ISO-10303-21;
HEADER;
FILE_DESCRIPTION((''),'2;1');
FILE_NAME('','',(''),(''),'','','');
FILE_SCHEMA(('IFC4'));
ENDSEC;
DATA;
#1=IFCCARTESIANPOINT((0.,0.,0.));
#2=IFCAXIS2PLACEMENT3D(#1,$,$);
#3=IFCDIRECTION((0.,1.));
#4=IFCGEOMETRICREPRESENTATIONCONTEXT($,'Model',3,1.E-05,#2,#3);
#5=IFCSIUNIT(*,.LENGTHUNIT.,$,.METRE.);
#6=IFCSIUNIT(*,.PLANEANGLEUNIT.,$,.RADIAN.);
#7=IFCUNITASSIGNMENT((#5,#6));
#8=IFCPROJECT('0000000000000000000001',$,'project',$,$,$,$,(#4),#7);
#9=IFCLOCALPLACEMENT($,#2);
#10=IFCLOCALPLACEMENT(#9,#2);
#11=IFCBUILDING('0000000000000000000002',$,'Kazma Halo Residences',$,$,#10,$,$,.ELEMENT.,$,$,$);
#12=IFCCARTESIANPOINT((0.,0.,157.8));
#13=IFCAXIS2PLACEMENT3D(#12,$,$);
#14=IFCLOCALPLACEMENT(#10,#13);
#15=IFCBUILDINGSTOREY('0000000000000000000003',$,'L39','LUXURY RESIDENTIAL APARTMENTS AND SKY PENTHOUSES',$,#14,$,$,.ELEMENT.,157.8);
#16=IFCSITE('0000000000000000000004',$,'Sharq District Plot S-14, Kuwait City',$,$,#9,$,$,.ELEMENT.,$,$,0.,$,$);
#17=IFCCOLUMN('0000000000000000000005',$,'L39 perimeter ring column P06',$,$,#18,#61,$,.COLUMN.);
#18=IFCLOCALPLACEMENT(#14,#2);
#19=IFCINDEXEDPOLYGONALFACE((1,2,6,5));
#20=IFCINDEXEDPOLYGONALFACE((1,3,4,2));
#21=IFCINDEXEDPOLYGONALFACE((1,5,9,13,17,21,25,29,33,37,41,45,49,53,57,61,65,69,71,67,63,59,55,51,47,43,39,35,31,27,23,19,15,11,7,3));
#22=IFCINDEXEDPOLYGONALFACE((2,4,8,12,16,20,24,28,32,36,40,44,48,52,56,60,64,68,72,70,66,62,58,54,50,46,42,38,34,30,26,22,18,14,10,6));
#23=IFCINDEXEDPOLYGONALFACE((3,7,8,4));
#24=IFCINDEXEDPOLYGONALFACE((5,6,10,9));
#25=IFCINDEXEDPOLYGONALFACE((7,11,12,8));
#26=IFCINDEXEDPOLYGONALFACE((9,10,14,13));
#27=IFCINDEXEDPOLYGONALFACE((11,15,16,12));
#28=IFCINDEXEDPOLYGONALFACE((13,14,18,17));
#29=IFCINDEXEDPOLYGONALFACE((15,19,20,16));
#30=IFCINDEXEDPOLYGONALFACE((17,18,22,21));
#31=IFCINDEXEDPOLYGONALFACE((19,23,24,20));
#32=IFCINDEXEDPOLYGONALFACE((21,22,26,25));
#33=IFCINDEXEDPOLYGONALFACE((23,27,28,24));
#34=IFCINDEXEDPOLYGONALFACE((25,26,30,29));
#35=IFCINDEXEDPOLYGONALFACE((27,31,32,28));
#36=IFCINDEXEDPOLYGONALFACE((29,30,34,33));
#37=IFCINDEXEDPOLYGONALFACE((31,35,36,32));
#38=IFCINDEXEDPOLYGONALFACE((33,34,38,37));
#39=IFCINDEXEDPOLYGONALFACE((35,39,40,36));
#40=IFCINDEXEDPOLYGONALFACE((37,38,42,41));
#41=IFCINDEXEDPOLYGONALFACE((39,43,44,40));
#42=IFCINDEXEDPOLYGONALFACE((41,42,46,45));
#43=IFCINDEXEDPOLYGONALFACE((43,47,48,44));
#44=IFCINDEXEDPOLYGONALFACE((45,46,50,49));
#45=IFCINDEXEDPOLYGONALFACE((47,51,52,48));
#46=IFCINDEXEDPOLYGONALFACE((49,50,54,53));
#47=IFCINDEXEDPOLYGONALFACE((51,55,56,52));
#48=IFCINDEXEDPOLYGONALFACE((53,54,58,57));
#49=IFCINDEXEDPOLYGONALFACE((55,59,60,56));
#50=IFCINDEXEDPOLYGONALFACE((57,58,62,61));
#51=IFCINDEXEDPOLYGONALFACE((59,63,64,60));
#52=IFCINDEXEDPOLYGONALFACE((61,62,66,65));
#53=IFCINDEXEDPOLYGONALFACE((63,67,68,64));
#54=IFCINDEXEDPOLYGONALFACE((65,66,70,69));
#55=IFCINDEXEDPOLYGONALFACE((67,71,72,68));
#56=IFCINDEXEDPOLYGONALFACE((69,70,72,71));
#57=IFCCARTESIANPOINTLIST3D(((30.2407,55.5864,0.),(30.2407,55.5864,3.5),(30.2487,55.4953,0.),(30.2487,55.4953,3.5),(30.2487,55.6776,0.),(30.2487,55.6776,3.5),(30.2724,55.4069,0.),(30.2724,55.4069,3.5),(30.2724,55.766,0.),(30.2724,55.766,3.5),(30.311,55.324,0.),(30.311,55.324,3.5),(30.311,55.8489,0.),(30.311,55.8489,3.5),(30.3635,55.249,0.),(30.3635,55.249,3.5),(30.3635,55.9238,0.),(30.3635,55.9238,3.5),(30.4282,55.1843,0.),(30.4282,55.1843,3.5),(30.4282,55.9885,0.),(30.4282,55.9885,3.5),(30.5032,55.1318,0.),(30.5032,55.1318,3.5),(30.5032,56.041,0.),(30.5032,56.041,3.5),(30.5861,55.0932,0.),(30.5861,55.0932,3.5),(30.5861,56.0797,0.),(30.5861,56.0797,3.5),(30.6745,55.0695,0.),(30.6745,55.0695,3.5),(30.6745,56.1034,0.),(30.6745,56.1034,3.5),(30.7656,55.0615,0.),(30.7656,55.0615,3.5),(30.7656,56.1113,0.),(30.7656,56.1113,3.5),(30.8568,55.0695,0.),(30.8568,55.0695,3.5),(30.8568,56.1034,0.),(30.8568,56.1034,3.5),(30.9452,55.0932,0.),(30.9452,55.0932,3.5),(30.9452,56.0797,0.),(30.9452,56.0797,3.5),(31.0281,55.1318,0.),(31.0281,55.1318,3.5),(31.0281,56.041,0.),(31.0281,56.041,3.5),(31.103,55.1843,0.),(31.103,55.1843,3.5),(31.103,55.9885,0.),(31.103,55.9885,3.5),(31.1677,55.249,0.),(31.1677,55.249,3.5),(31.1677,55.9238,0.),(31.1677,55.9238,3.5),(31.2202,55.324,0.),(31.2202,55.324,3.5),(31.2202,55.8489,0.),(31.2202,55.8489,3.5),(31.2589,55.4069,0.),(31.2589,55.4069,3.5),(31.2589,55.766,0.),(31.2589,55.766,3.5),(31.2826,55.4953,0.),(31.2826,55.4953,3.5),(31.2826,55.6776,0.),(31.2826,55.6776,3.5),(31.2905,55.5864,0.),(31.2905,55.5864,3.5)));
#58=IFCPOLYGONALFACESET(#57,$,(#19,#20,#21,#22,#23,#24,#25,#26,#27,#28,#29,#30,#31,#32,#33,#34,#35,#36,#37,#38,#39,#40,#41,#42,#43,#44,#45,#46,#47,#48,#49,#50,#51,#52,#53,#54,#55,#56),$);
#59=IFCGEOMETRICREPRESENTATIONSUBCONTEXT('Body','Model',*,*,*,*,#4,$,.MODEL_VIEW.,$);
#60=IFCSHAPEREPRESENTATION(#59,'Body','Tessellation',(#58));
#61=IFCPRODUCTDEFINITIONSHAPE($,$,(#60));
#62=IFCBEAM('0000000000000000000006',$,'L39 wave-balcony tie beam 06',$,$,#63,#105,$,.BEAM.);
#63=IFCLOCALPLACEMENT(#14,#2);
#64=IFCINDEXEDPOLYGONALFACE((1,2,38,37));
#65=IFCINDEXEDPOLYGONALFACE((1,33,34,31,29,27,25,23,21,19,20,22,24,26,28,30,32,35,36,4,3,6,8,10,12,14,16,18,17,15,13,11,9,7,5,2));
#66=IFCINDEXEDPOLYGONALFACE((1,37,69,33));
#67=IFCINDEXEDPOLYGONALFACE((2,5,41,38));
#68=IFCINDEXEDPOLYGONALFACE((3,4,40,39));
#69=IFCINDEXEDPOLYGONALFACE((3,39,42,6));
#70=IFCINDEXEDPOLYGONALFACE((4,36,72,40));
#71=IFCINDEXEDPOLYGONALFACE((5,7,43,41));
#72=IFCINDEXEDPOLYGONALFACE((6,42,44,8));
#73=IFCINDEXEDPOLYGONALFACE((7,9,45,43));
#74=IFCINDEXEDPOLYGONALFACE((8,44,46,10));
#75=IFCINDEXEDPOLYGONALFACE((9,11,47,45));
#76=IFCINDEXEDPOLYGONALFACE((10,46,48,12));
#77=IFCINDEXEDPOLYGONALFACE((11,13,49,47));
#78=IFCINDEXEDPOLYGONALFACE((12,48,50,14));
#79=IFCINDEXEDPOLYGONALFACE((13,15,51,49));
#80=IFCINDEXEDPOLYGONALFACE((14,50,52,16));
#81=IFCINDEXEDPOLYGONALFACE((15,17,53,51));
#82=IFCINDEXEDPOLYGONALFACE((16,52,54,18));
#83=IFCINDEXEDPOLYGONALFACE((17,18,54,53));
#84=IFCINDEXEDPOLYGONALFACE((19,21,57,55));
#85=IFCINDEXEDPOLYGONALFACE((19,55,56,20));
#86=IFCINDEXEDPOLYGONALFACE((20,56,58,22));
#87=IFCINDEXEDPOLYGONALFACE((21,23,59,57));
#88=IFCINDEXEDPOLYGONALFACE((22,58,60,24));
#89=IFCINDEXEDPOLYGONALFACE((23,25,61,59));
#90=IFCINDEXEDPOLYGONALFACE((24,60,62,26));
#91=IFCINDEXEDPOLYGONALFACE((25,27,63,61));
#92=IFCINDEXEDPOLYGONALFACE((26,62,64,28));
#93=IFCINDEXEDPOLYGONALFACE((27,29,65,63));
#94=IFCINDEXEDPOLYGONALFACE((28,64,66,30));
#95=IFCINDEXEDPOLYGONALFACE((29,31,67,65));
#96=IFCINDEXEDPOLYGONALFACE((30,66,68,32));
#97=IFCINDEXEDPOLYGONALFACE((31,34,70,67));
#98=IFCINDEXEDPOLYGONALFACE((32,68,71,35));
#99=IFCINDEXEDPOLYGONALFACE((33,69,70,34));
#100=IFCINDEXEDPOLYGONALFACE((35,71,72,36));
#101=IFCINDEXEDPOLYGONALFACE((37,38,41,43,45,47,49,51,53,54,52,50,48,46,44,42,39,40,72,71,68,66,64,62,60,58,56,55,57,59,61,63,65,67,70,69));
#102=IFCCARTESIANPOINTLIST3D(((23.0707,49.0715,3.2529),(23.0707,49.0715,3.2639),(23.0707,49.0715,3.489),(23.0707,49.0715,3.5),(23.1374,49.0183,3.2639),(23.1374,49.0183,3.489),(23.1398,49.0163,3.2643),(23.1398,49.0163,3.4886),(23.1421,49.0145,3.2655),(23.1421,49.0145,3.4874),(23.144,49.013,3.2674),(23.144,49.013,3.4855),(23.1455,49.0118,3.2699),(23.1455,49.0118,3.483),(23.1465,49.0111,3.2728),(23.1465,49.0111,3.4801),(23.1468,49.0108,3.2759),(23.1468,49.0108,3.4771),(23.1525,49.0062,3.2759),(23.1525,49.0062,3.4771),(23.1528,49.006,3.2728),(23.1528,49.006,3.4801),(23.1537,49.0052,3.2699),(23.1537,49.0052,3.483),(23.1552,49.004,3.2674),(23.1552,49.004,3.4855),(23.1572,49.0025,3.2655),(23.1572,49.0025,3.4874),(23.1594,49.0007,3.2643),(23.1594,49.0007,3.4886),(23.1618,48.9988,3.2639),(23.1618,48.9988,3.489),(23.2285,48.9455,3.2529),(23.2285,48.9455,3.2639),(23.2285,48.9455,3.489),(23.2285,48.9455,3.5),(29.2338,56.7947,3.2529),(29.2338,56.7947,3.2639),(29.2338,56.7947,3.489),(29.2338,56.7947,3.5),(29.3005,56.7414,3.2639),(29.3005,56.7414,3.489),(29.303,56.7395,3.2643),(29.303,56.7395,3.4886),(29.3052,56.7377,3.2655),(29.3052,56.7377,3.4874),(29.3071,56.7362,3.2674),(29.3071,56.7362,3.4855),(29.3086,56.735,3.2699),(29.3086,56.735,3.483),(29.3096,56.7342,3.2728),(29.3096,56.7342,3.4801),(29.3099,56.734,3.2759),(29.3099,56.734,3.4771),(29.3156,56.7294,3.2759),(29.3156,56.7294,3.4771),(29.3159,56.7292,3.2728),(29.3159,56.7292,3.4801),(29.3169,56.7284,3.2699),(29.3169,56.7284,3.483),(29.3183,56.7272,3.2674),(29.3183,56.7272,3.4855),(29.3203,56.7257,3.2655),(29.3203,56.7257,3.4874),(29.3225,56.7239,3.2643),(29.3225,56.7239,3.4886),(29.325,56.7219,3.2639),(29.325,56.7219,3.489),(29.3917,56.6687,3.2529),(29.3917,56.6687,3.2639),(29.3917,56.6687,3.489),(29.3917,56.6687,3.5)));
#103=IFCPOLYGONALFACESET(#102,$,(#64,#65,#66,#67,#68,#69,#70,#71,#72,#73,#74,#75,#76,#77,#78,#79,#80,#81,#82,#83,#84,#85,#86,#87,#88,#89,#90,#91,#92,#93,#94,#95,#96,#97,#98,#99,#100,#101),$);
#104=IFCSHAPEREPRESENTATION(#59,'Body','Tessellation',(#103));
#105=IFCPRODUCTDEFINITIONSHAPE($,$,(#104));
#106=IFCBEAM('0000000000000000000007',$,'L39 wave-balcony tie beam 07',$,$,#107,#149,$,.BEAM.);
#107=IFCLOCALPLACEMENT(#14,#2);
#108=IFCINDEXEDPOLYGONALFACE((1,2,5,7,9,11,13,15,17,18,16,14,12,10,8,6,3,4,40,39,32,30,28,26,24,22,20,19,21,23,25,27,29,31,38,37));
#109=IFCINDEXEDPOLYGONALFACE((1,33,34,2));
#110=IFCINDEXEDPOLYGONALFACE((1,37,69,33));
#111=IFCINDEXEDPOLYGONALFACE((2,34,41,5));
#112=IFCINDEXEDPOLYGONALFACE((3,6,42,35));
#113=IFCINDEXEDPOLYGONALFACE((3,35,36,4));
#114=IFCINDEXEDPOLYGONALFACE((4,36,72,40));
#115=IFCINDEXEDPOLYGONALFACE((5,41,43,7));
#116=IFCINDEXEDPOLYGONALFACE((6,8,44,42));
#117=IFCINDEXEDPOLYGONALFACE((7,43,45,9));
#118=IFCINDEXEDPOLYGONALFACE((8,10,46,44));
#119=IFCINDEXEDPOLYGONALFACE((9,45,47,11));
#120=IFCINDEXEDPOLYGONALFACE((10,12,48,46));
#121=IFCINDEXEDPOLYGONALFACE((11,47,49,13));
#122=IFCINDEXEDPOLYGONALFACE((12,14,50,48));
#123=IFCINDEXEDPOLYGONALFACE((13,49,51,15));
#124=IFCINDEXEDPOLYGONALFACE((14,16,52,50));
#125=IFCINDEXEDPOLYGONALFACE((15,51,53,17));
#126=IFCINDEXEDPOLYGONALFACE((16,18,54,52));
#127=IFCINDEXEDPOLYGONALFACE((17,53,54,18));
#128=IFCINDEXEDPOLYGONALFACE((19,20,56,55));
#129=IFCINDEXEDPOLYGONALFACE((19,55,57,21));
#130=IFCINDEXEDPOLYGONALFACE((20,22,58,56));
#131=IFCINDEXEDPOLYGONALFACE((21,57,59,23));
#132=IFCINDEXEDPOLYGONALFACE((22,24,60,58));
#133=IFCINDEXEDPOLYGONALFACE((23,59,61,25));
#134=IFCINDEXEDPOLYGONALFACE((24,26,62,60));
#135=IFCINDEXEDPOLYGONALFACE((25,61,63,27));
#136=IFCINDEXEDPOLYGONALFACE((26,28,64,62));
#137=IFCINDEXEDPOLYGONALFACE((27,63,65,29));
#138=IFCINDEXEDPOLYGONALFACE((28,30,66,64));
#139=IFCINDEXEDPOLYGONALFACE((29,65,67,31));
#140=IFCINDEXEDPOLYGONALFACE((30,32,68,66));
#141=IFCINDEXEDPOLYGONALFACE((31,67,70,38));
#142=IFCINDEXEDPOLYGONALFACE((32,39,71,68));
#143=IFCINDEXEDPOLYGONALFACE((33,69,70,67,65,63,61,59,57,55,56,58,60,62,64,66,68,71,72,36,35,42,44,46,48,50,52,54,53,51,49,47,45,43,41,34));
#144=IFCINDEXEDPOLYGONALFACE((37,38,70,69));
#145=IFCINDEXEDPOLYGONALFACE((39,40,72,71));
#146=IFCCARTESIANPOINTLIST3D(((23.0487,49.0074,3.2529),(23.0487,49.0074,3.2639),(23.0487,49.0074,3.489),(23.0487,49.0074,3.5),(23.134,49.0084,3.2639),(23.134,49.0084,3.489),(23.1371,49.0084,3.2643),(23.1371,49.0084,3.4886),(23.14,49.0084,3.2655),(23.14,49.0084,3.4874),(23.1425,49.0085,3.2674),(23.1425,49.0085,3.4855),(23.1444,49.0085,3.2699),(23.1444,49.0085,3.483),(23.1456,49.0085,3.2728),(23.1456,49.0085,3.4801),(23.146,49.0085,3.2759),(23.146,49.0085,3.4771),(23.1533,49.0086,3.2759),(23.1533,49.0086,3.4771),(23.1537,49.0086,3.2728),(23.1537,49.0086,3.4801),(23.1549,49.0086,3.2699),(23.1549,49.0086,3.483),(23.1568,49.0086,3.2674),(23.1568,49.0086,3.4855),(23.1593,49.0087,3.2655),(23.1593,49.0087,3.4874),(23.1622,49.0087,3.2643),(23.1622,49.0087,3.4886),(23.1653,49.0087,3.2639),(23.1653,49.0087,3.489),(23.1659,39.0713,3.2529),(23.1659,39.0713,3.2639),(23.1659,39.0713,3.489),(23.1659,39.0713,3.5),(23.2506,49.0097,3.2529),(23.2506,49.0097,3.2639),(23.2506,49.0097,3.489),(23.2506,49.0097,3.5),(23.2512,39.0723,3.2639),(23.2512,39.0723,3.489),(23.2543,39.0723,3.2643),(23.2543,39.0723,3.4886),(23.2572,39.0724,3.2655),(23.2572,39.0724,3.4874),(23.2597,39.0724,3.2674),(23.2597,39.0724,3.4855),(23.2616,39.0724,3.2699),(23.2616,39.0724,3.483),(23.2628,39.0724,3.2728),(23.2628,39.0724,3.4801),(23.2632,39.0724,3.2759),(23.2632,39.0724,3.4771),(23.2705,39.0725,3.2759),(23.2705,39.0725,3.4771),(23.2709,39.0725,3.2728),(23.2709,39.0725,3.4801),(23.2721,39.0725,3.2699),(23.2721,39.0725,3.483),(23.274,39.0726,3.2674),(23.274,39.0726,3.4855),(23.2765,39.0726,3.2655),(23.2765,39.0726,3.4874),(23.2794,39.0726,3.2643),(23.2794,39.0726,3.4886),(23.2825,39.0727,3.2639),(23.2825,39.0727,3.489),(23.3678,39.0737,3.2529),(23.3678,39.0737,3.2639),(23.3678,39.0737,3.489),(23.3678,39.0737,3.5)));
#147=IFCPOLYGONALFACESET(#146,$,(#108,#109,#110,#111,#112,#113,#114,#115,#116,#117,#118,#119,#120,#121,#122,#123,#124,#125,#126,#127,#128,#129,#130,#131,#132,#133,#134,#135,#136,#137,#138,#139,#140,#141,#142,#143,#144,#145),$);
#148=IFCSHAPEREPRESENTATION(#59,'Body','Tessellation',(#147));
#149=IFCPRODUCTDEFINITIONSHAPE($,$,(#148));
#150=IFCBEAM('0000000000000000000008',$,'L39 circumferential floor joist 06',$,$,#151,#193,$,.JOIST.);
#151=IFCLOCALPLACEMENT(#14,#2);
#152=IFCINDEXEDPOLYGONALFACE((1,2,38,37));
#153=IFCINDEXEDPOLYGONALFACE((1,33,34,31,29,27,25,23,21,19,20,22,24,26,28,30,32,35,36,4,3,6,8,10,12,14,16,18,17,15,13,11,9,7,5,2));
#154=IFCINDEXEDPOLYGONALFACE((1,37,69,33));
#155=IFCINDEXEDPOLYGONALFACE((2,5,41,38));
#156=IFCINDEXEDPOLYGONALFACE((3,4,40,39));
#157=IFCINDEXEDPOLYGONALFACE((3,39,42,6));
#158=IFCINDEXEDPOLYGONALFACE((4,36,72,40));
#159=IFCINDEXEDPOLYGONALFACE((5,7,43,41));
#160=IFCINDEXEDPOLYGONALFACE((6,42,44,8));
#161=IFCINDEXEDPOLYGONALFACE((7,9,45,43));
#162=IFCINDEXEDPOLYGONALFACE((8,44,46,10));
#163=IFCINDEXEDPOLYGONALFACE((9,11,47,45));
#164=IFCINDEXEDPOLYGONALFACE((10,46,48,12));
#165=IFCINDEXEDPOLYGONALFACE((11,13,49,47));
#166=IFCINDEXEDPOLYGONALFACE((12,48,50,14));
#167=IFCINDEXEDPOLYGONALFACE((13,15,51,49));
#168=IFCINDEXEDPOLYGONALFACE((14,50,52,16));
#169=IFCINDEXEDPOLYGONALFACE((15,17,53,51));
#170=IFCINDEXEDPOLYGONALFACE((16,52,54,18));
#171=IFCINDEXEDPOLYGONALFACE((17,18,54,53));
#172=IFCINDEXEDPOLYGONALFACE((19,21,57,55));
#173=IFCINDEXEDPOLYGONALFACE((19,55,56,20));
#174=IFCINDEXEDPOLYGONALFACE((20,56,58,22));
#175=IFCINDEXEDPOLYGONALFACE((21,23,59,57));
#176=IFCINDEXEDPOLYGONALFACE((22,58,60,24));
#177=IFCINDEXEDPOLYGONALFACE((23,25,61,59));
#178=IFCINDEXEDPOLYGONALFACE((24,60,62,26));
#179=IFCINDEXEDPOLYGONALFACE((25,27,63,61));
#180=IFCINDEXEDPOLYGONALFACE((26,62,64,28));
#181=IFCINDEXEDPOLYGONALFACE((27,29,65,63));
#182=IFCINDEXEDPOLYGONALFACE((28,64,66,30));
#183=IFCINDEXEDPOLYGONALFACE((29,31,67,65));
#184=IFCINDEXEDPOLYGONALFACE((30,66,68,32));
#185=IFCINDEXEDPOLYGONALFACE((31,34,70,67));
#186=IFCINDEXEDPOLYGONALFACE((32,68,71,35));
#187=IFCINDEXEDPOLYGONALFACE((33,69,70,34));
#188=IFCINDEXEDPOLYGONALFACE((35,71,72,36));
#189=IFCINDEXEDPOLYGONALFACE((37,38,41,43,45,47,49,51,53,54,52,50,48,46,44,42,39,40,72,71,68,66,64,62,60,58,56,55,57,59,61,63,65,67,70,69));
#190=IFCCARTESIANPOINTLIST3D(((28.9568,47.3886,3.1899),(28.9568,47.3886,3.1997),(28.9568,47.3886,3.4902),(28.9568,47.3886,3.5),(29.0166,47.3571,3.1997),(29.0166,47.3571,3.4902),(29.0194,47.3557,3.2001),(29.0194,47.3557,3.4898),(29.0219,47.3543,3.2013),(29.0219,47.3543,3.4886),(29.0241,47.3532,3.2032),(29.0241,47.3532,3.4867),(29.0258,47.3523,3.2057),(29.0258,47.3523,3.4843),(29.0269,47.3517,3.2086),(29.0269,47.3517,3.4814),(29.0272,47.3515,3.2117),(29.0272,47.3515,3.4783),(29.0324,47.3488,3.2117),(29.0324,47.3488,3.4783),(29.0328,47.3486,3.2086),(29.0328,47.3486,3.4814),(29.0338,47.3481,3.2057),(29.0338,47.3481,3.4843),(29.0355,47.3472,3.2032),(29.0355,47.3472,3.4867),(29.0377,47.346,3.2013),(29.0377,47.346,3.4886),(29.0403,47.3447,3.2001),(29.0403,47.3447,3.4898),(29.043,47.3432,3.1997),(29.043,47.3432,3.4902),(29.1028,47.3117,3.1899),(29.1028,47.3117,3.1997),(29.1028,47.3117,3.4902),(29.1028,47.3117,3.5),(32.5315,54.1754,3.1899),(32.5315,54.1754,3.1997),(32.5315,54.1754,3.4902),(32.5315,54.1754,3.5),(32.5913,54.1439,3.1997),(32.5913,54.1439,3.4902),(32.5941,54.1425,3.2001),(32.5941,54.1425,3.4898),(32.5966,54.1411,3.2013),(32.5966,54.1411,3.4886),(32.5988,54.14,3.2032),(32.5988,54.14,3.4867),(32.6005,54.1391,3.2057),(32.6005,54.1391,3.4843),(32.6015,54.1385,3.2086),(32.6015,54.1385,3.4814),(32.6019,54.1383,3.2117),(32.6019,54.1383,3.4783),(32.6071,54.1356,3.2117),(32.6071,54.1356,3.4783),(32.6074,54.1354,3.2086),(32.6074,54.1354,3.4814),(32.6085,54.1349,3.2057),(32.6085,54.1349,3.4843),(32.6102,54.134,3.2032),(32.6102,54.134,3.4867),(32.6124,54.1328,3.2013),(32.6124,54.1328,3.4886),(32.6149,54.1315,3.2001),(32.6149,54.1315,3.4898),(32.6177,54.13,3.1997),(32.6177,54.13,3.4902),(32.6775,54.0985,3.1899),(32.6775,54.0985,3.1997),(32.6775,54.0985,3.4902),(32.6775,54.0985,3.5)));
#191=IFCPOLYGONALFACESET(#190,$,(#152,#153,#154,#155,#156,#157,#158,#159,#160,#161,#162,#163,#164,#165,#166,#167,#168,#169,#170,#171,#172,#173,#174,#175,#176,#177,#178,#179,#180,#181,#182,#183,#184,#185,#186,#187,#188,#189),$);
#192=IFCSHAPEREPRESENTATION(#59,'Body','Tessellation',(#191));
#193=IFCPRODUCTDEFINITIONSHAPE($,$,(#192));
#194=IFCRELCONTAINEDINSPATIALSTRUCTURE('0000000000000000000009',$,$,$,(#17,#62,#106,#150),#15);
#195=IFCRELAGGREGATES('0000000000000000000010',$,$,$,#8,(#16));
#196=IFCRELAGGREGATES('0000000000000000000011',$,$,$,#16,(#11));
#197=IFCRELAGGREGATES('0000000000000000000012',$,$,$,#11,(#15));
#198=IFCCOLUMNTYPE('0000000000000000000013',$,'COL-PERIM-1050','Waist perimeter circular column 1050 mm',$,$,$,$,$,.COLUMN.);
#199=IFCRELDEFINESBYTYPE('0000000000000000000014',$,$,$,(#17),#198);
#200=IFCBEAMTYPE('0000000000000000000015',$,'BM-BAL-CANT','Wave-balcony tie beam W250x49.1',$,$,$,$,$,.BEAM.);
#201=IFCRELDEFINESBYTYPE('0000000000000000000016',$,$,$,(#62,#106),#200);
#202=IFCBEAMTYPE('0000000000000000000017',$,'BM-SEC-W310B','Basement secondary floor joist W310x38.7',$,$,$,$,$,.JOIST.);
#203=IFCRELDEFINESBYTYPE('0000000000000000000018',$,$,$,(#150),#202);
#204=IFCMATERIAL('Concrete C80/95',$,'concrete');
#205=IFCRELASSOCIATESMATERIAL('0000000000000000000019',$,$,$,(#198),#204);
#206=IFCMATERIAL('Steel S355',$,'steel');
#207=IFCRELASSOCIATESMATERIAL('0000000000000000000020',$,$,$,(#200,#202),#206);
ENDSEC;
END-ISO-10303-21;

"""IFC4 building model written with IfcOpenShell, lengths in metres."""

from ifc_helpers import new_model, si_unit, direction, frame, origin, origin_2d, place, context, subcontext, project, spatial, circle, i_section, extrude, material, material_profile, profile_set, type_object, element, save


model = new_model("IFC4")

# Units and contexts
model_context = context("Model", 3, precision=1e-05, world=origin(), true_north=direction((0.0, 1.0)))
body_context = subcontext(model_context, "Body", "Model", "MODEL_VIEW")
ifc_project = project(units=[si_unit("LENGTHUNIT", "METRE"), si_unit("PLANEANGLEUNIT", "RADIAN")], contexts=[model_context])

# Site, building, storey
site_placement = place(None, origin())
site = spatial("IfcSite", under=ifc_project, at=site_placement, Name="Sharq District Plot S-14, Kuwait City", CompositionType="ELEMENT", RefElevation=0.0)
building_placement = place(site_placement, origin())
building = spatial("IfcBuilding", under=site, at=building_placement, Name="Kazma Halo Residences", CompositionType="ELEMENT")
storey_placement = place(building_placement, frame((0.0, 0.0, 157.8)))
storey = spatial("IfcBuildingStorey", under=building, at=storey_placement, Name="L39", Description="LUXURY RESIDENTIAL APARTMENTS AND SKY PENTHOUSES", CompositionType="ELEMENT", Elevation=157.8)

# Column
ifc_material_1 = material(Name="Concrete C80/95", Category="concrete")
ifc_material_profile_1 = material_profile(ifc_material_1, circle(Radius=0.5249, at=origin_2d()), Name="CIRC1050")
ifc_profile_set_1 = profile_set([ifc_material_profile_1], Name="Concrete C80/95")
column_type = type_object("IfcColumnType", Name="COL-PERIM-1050", Description="Waist perimeter circular column 1050 mm", PredefinedType="COLUMN", material=ifc_profile_set_1)
column_placement = place(storey_placement, frame((30.7656, 55.5864, 0.0), z_axis=(0.0, 0.0, 1.0), x_axis=(1.0, 0.0, 0.0)))
element("IfcColumn", 1, at=column_placement, inside=storey, type_object=column_type, Name="L39 perimeter ring column P06", PredefinedType="COLUMN", context=body_context, shape_type="SweptSolid", body=[
    extrude(circle(Radius=0.5249, at=origin_2d()), origin(), (0.0, 0.0, 1.0), 3.5),
])

# Beams
ifc_material_2 = material(Name="Steel S355", Category="steel")
ifc_material_profile_2 = material_profile(ifc_material_2, i_section(OverallWidth=0.2019, OverallDepth=0.2471, WebThickness=0.0073, FlangeThickness=0.011, FilletRadius=0.012, at=origin_2d()), Name="W250x49.1")
ifc_profile_set_2 = profile_set([ifc_material_profile_2], Name="Steel S355")
beam_type_1 = type_object("IfcBeamType", Name="BM-BAL-CANT", Description="Wave-balcony tie beam W250x49.1", PredefinedType="BEAM", material=ifc_profile_set_2)
beam_1_placement = place(storey_placement, frame((29.3127, 56.7317, 3.3765), z_axis=(-0.623742, -0.78163, 0.0), x_axis=(0.78163, -0.623742, 0.0)))
element("IfcBeam", 2, at=beam_1_placement, inside=storey, type_object=beam_type_1, Name="L39 wave-balcony tie beam 06", PredefinedType="BEAM", context=body_context, shape_type="SweptSolid", body=[
    extrude(i_section(OverallWidth=0.2019, OverallDepth=0.2471, WebThickness=0.0073, FlangeThickness=0.011, FilletRadius=0.012, at=origin_2d()), origin(), (0.0, 0.0, 1.0), 9.8809),
])
beam_2_placement = place(storey_placement, frame((23.1497, 49.0085, 3.3765), z_axis=(0.011793, -0.99993, 0.0), x_axis=(0.99993, 0.011793, 0.0)))
element("IfcBeam", 3, at=beam_2_placement, inside=storey, type_object=beam_type_1, Name="L39 wave-balcony tie beam 07", PredefinedType="BEAM", context=body_context, shape_type="SweptSolid", body=[
    extrude(i_section(OverallWidth=0.2019, OverallDepth=0.2471, WebThickness=0.0073, FlangeThickness=0.011, FilletRadius=0.012, at=origin_2d()), origin(), (0.0, 0.0, 1.0), 9.9368),
])
ifc_material_profile_3 = material_profile(ifc_material_2, i_section(OverallWidth=0.165, OverallDepth=0.3101, WebThickness=0.0059, FlangeThickness=0.0098, FilletRadius=0.012, at=origin_2d()), Name="W310x38.7")
ifc_profile_set_3 = profile_set([ifc_material_profile_3], Name="Steel S355")
beam_type_2 = type_object("IfcBeamType", Name="BM-SEC-W310B", Description="Basement secondary floor joist W310x38.7", PredefinedType="JOIST", material=ifc_profile_set_3)
beam_3_placement = place(storey_placement, frame((32.6045, 54.137, 3.345), z_axis=(-0.466019, -0.884775, 0.0), x_axis=(0.884775, -0.466019, 0.0)))
element("IfcBeam", 4, at=beam_3_placement, inside=storey, type_object=beam_type_2, Name="L39 circumferential floor joist 06", PredefinedType="JOIST", context=body_context, shape_type="SweptSolid", body=[
    extrude(i_section(OverallWidth=0.165, OverallDepth=0.3101, WebThickness=0.0059, FlangeThickness=0.0098, FilletRadius=0.012, at=origin_2d()), origin(), (0.0, 0.0, 1.0), 7.6707),
])

save(model, "model.ifc")
